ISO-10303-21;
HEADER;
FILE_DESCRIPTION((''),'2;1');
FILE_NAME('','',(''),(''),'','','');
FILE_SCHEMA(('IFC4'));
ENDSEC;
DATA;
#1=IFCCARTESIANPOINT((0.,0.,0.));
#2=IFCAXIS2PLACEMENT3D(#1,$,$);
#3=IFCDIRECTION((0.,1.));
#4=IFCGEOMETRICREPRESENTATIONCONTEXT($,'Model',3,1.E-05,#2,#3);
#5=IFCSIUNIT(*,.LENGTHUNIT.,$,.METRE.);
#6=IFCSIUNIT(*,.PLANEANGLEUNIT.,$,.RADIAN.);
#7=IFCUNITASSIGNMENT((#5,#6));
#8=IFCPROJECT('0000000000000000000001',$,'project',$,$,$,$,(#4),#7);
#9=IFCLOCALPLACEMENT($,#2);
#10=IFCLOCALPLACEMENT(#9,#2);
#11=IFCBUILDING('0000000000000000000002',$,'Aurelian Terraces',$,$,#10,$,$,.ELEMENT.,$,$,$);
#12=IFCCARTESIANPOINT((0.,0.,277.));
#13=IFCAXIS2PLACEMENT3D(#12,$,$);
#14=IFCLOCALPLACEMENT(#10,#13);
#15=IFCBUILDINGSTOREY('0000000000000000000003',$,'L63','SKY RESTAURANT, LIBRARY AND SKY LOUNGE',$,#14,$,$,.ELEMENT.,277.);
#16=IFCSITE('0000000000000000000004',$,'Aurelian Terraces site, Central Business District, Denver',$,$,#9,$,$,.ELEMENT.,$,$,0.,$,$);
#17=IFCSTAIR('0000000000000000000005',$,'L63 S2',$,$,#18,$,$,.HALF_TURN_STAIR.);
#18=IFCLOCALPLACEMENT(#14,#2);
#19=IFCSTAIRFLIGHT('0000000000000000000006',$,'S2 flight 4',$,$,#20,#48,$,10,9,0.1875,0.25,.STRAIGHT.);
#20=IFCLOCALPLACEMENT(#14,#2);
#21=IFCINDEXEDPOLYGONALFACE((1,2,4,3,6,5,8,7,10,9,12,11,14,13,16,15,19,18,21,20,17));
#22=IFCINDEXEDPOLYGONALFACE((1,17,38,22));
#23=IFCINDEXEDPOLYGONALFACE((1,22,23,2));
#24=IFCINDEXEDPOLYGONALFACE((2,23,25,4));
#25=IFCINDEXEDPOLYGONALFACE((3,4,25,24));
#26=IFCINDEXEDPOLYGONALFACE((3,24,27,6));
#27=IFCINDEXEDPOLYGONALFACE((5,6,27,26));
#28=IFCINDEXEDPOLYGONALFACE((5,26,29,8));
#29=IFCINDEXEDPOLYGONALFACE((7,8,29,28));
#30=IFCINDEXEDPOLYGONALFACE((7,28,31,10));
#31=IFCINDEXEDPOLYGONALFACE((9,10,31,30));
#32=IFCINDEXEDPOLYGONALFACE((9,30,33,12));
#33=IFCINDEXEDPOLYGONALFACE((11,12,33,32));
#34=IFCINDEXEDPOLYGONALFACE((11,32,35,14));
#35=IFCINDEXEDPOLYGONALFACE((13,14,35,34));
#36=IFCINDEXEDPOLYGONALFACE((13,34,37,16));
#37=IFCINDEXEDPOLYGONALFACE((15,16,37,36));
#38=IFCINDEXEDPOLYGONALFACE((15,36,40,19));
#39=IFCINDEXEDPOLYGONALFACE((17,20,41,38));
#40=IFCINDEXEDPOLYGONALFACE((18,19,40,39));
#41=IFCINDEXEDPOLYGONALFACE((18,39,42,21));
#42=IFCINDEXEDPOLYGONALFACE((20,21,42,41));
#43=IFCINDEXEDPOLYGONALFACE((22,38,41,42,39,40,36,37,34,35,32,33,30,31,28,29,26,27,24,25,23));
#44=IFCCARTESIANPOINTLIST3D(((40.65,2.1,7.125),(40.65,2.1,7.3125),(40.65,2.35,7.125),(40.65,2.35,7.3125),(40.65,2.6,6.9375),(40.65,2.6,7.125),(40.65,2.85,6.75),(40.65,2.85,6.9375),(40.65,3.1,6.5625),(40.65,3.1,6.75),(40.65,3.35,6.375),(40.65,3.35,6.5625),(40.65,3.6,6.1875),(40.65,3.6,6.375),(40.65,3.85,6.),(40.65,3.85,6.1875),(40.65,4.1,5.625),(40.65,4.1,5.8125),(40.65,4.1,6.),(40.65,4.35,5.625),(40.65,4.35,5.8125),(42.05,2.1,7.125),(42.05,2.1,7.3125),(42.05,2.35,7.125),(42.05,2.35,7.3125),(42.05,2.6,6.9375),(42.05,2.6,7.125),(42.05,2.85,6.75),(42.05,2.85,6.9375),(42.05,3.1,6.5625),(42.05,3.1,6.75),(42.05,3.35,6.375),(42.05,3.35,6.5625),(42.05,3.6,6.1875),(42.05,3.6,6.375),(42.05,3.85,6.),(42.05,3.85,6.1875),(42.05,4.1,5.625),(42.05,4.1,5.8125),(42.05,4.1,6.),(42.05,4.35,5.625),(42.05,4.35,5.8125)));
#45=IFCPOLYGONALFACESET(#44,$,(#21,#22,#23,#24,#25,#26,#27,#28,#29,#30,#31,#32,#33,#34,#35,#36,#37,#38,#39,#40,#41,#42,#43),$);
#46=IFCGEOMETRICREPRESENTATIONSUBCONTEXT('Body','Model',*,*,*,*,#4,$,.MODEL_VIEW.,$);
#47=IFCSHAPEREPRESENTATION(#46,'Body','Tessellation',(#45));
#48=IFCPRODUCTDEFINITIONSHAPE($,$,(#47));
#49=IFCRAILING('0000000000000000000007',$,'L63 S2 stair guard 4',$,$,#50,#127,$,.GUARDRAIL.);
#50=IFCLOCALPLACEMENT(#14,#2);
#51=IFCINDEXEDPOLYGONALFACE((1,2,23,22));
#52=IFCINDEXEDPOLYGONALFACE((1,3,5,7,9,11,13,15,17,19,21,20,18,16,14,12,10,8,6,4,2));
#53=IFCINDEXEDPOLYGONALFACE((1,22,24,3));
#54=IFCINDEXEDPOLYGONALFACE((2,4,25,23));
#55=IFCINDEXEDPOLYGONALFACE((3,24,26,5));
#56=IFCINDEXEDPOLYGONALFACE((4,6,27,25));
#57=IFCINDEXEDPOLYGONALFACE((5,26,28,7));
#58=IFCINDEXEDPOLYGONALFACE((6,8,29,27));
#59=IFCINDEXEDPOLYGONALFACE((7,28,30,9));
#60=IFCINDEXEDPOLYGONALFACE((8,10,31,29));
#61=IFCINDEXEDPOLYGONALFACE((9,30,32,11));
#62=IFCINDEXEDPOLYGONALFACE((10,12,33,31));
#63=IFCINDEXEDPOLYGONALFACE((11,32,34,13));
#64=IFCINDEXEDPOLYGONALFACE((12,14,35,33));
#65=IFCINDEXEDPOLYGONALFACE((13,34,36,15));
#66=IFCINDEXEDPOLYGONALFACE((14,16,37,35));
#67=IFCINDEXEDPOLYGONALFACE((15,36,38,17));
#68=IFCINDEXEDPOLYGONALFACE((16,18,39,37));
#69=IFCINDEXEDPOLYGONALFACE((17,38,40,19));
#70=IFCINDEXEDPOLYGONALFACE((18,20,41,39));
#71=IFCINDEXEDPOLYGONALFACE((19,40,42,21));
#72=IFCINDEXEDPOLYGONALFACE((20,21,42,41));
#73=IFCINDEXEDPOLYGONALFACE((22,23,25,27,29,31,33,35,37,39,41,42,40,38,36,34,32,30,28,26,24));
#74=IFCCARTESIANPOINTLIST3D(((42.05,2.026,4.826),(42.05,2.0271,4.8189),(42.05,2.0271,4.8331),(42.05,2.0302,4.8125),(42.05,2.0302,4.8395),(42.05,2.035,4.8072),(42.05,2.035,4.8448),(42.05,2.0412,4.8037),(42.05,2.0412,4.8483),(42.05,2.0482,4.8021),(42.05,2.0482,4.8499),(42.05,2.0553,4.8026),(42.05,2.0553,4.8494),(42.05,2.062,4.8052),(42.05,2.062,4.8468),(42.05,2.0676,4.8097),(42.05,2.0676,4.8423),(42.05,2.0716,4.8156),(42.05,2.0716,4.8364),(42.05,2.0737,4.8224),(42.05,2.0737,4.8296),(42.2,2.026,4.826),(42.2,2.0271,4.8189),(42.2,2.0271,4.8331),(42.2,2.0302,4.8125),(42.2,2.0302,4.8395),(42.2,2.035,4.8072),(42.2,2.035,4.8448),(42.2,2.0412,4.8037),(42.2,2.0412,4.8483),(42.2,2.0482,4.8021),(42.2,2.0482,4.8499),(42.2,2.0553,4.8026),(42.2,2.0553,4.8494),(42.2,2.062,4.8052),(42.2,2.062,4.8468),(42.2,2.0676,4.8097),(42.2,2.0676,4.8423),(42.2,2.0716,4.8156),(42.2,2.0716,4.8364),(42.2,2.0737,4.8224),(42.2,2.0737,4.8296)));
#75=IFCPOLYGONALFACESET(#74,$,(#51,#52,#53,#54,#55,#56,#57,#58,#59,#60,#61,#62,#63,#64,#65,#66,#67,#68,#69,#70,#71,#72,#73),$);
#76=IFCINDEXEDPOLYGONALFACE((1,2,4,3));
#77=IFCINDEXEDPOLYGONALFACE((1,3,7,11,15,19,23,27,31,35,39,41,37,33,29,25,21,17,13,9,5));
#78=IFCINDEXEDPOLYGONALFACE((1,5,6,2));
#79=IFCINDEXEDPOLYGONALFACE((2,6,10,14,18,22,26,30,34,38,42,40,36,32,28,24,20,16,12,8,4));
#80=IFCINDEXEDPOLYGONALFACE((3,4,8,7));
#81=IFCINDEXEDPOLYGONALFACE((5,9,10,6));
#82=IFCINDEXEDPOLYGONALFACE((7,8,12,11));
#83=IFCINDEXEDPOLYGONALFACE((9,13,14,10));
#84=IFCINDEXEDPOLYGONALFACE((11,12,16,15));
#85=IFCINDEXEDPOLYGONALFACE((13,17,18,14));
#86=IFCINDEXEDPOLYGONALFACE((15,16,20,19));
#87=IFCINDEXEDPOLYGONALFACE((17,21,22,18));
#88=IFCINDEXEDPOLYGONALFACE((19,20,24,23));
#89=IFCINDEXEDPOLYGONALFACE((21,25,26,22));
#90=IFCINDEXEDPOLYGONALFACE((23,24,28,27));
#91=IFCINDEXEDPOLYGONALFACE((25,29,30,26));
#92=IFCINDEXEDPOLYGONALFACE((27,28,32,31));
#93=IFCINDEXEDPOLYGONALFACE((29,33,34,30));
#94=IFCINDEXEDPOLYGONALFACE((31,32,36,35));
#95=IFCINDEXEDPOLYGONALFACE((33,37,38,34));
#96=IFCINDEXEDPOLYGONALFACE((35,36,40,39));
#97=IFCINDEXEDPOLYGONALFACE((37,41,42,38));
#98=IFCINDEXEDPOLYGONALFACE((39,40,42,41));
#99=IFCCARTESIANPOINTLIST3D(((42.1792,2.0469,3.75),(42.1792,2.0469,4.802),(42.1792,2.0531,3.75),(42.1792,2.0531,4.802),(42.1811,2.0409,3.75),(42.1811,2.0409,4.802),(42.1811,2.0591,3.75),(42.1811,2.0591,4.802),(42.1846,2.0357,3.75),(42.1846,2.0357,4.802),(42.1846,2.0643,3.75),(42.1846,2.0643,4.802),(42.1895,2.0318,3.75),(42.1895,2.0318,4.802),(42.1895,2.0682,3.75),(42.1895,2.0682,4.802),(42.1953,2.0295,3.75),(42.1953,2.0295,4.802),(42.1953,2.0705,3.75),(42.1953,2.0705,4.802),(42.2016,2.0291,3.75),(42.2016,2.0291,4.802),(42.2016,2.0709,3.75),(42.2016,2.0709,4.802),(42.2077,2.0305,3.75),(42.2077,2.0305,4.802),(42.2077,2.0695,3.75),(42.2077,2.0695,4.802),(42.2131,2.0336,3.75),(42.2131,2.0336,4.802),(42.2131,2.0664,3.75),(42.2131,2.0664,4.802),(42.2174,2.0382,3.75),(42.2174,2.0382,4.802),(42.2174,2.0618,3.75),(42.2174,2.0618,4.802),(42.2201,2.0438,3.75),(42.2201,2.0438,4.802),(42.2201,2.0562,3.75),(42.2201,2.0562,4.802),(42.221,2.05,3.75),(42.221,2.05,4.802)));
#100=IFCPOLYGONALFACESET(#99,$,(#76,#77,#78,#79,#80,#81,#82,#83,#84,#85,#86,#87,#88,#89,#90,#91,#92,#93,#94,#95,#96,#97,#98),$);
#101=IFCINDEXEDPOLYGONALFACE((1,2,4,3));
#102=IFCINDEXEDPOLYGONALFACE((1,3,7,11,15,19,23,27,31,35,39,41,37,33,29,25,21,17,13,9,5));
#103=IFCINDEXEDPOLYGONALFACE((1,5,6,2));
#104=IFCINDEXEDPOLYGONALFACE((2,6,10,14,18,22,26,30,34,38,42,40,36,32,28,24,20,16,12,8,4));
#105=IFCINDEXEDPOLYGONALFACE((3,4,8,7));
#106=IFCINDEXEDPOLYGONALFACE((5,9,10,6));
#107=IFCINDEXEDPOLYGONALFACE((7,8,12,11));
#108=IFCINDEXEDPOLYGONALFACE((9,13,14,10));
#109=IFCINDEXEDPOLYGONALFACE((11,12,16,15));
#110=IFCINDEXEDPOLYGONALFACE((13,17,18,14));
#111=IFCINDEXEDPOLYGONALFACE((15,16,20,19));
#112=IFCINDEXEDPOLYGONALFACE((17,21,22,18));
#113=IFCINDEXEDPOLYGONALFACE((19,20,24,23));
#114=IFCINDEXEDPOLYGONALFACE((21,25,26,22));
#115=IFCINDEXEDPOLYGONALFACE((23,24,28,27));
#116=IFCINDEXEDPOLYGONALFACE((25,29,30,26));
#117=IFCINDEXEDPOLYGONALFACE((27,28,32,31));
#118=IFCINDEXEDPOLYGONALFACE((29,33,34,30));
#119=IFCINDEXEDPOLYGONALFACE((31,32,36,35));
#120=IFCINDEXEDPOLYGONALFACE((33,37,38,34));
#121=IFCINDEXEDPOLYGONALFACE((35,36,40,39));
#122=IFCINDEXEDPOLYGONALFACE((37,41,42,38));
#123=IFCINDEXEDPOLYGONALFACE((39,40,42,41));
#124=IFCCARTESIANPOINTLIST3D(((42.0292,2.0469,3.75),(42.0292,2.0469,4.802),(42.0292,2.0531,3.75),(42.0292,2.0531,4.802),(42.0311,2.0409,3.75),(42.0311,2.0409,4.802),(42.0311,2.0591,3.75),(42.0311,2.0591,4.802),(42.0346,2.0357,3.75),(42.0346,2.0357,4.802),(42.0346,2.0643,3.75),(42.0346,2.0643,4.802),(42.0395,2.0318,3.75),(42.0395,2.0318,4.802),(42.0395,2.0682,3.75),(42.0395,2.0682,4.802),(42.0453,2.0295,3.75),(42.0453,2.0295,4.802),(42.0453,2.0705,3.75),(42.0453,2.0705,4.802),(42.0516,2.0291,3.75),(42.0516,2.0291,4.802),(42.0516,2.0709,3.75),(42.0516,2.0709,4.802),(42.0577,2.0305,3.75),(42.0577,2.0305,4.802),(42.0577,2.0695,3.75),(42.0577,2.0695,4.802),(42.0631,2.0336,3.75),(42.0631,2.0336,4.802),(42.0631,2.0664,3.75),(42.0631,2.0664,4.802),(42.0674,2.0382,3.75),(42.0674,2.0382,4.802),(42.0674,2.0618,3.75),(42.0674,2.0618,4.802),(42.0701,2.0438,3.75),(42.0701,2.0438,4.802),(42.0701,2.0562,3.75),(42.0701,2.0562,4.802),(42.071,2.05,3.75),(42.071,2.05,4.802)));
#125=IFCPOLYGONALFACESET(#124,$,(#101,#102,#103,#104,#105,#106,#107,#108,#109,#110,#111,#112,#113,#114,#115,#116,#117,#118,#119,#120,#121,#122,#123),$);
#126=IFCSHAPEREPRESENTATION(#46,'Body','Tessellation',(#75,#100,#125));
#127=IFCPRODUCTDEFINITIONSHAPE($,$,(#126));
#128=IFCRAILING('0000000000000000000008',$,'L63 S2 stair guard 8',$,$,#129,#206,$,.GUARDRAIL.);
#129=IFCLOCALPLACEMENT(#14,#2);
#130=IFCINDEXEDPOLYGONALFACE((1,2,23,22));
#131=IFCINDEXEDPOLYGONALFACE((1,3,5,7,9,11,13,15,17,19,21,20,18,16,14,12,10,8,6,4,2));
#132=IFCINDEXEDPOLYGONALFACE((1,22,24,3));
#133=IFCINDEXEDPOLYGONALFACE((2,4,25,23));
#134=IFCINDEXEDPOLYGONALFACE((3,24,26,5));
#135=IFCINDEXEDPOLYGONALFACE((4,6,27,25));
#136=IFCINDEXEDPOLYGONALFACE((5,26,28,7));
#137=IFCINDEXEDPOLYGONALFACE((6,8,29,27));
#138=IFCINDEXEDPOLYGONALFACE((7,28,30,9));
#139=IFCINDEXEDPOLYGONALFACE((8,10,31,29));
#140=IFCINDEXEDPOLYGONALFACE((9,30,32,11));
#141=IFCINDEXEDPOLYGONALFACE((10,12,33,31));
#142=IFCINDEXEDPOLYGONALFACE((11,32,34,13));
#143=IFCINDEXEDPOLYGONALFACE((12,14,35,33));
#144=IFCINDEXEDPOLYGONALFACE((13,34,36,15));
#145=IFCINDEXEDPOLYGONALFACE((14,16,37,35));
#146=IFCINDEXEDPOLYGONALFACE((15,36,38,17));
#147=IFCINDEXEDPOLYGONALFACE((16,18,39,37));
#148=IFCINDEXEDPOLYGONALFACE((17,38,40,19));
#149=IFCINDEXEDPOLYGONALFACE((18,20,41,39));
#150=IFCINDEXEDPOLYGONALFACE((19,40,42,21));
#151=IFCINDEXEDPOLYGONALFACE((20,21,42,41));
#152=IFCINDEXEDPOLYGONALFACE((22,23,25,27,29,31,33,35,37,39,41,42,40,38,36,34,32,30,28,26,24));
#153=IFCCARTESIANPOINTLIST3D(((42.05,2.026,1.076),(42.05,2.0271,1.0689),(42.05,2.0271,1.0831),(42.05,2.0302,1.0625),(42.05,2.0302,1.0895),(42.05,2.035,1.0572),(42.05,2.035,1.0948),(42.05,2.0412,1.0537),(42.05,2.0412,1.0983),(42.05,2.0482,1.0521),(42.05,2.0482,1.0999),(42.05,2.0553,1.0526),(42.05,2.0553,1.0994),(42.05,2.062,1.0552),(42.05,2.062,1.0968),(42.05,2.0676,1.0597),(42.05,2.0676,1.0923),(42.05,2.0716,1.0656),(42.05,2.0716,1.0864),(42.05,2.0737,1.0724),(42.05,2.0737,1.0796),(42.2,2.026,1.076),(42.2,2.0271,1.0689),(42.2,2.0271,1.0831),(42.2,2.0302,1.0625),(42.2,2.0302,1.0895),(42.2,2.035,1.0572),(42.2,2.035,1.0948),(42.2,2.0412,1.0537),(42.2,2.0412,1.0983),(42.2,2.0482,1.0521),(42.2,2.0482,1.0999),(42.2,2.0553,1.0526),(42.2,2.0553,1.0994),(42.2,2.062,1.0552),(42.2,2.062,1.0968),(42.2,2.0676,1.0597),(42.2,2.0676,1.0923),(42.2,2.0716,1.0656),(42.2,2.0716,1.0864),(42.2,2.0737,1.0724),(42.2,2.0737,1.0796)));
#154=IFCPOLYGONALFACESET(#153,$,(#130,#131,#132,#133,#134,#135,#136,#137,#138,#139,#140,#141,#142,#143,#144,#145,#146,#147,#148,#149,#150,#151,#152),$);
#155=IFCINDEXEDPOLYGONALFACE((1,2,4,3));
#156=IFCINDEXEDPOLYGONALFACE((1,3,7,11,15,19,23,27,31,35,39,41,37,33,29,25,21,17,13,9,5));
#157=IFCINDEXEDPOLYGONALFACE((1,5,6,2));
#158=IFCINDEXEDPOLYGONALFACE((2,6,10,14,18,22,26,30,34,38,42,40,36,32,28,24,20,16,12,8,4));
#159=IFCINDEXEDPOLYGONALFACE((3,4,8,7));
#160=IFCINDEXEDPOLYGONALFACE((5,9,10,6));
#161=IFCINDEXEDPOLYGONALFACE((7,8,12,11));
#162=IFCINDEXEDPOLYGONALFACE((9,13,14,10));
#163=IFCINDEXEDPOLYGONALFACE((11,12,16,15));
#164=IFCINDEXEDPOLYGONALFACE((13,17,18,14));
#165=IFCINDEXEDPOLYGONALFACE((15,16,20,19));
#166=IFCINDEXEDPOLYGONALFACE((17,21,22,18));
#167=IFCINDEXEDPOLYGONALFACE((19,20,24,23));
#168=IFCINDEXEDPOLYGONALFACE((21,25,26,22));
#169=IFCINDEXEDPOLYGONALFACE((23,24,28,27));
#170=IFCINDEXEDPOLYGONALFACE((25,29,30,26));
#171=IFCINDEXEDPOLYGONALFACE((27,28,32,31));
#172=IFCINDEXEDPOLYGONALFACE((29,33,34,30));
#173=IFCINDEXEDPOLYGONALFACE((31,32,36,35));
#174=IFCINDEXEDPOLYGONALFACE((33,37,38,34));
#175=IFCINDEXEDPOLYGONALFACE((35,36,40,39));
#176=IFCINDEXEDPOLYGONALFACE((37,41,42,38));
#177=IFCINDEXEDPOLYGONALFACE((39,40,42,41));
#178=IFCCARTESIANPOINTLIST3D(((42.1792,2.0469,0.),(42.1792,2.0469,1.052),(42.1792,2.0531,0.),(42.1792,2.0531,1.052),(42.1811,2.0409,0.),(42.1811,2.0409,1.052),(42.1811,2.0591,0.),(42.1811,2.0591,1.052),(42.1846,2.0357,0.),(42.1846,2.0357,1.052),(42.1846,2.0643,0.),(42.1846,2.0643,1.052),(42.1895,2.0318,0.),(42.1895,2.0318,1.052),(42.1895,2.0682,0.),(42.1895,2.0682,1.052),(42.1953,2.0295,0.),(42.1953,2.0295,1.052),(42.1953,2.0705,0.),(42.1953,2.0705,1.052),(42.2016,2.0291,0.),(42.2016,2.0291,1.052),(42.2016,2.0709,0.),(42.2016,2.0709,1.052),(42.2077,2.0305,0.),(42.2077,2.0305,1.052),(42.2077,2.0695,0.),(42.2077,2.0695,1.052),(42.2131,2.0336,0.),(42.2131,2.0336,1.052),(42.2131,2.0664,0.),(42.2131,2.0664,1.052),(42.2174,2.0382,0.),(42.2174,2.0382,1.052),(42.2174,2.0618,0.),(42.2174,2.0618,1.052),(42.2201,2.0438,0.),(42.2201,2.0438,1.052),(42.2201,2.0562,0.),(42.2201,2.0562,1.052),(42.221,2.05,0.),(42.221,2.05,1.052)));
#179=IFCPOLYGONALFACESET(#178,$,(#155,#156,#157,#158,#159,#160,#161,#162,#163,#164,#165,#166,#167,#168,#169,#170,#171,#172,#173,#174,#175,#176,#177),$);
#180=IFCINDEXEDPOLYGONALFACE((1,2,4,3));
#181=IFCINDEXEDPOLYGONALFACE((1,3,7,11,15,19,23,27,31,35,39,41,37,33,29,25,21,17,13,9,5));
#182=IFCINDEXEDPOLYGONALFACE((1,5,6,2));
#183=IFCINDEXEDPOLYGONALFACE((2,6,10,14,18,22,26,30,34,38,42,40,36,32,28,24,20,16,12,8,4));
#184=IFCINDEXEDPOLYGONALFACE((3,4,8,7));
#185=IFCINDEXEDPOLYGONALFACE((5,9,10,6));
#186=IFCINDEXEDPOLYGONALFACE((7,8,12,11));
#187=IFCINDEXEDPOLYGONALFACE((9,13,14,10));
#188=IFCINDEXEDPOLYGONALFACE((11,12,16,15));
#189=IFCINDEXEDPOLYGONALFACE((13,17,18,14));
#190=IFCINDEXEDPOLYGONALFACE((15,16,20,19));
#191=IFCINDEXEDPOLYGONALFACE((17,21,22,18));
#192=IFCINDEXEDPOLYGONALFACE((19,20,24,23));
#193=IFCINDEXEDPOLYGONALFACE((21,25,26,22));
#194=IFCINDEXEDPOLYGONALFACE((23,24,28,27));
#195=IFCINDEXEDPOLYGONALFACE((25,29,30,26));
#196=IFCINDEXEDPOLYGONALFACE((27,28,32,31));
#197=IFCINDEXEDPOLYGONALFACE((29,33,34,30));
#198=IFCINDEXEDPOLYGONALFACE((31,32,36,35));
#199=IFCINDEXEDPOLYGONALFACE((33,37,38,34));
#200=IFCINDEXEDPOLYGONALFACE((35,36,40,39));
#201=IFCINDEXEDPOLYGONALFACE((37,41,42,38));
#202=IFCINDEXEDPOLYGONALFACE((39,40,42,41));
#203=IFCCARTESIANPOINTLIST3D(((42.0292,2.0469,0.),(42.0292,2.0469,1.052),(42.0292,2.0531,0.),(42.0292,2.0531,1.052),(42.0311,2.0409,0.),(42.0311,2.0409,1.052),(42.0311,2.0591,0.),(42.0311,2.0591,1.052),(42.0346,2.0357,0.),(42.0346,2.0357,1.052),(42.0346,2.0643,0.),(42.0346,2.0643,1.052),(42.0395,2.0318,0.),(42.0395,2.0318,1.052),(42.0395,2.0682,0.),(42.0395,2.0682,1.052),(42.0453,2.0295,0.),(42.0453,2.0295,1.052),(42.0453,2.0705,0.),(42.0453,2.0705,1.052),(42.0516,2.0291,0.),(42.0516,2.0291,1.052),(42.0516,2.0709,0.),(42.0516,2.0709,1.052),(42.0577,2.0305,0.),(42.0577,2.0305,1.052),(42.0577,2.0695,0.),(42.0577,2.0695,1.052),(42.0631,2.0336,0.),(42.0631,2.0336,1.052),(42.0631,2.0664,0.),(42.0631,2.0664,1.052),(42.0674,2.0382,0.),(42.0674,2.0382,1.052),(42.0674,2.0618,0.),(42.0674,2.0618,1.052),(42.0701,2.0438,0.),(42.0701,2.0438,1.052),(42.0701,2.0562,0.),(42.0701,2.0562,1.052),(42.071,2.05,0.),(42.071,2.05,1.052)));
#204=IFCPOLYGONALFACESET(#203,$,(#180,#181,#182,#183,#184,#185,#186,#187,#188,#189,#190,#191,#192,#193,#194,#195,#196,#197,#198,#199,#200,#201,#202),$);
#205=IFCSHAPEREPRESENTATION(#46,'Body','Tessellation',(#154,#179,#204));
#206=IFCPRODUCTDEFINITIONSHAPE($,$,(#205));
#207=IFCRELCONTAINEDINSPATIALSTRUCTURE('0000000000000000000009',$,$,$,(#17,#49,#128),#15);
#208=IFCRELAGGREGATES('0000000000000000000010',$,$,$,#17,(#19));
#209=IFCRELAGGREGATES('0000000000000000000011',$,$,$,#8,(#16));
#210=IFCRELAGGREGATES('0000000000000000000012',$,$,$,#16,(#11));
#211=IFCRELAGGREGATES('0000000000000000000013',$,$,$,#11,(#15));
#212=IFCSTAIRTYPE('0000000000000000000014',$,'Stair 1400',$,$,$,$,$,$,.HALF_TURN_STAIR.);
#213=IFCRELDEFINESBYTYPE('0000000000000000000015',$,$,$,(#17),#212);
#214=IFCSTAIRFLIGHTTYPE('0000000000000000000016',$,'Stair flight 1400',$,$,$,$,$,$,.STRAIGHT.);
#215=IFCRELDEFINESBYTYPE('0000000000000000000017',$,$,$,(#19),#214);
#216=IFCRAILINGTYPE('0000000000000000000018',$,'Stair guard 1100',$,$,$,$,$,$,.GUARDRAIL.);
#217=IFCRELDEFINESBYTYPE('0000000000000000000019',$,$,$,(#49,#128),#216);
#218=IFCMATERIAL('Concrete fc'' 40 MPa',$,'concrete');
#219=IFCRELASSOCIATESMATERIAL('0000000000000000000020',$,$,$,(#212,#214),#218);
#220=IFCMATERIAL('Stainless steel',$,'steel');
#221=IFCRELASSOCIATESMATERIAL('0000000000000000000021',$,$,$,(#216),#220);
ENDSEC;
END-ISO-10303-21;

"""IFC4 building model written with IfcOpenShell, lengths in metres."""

from ifc_helpers import new_model, si_unit, direction, frame, origin, origin_2d, place, context, subcontext, project, spatial, polyline, circle, outline, extrude, source, transform, mapped, material, type_object, element, aggregate, save


model = new_model("IFC4")

# Units and contexts
model_context = context("Model", 3, precision=1e-05, world=origin(), true_north=direction((0.0, 1.0)))
body_context = subcontext(model_context, "Body", "Model", "MODEL_VIEW")
ifc_project = project(units=[si_unit("LENGTHUNIT", "METRE"), si_unit("PLANEANGLEUNIT", "RADIAN")], contexts=[model_context])

# Site, building, storey
site_placement = place(None, origin())
site = spatial("IfcSite", under=ifc_project, at=site_placement, Name="Aurelian Terraces site, Central Business District, Denver", CompositionType="ELEMENT", RefElevation=0.0)
building_placement = place(site_placement, origin())
building = spatial("IfcBuilding", under=site, at=building_placement, Name="Aurelian Terraces", CompositionType="ELEMENT")
storey_placement = place(building_placement, frame((0.0, 0.0, 277.0)))
storey = spatial("IfcBuildingStorey", under=building, at=storey_placement, Name="L63", Description="SKY RESTAURANT, LIBRARY AND SKY LOUNGE", CompositionType="ELEMENT", Elevation=277.0)

# Shared definitions
ifc_material_1 = material(Name="Concrete fc' 40 MPa", Category="concrete")

# Stair, stair flight
stair_type = type_object("IfcStairType", Name="Stair 1400", PredefinedType="HALF_TURN_STAIR", material=ifc_material_1)
stair_placement = place(storey_placement, origin())
stair = element("IfcStair", 1, at=stair_placement, inside=storey, type_object=stair_type, Name="L63 S2", PredefinedType="HALF_TURN_STAIR")
stair_flight_type = type_object("IfcStairFlightType", Name="Stair flight 1400", PredefinedType="STRAIGHT", material=ifc_material_1)
shared_shape_1 = source(origin(), body_context, "Body", "SweptSolid", [
    extrude(outline(polyline([(0.0, 0.0), (0.0, 0.1875), (0.25, 0.1875), (0.25, 0.375), (0.5, 0.375), (0.5, 0.5625), (0.75, 0.5625), (0.75, 0.75), (1.0, 0.75), (1.0, 0.9375), (1.25, 0.9375), (1.25, 1.125), (1.5, 1.125), (1.5, 1.3125), (1.75, 1.3125), (1.75, 1.5), (2.0, 1.5), (2.0, 1.6875), (2.25, 1.6875), (2.25, 1.875), (2.25, 1.5), (0.25, 0.0), (0.0, 0.0)])), frame((0.0, 0.7, 0.0), z_axis=(0.0, -1.0, 0.0), x_axis=(1.0, 0.0, 0.0)), (0.0, 0.0, 1.0), 1.4),
])
stair_flight_1_placement = place(storey_placement, frame((41.35, 4.35, 5.625), z_axis=(0.0, 0.0, 1.0), x_axis=(0.0, -1.0, 0.0)))
stair_flight_1 = element("IfcStairFlight", 2, at=stair_flight_1_placement, type_object=stair_flight_type, Name="S2 flight 4", NumberOfRisers=10, NumberOfTreads=9, PredefinedType="STRAIGHT", RiserHeight=0.1875, TreadLength=0.25, context=body_context, shape_type="MappedRepresentation", body=[
    mapped(shared_shape_1, transform((0.0, 0.0, 0.0), scale=1.0)),
])
aggregate(stair, [stair_flight_1])

# Railings
ifc_material_2 = material(Name="Stainless steel", Category="steel")
railing_type_1 = type_object("IfcRailingType", Name="Stair guard 1100", PredefinedType="GUARDRAIL", material=ifc_material_2)
shared_shape_2 = source(origin(), body_context, "Body", "SweptSolid", [
    extrude(circle(Radius=0.024, at=origin_2d()), frame((0.0, 0.0, 1.076), z_axis=(-1.0, 0.0, 0.0), x_axis=(0.0, -1.0, 0.0)), (0.0, 0.0, 1.0), 0.15),
    extrude(circle(Radius=0.021, at=origin_2d()), origin(), (0.0, 0.0, 1.0), 1.052),
    extrude(circle(Radius=0.021, at=origin_2d()), frame((-0.15, 0.0, 0.0)), (0.0, 0.0, 1.0), 1.052),
])
for number, where, name in (
    (3, (42.2, 2.05, 3.75), "L63 S2 stair guard 4"),
    (4, (42.2, 2.05, 0.0), "L63 S2 stair guard 8"),
):
    element("IfcRailing", number, at=place(storey_placement, frame(where)), inside=storey, type_object=railing_type_1, Name=name, PredefinedType="GUARDRAIL", context=body_context, shape_type="MappedRepresentation", body=[
        mapped(shared_shape_2, transform((0.0, 0.0, 0.0), scale=1.0)),
    ])

save(model, "model.ifc")
